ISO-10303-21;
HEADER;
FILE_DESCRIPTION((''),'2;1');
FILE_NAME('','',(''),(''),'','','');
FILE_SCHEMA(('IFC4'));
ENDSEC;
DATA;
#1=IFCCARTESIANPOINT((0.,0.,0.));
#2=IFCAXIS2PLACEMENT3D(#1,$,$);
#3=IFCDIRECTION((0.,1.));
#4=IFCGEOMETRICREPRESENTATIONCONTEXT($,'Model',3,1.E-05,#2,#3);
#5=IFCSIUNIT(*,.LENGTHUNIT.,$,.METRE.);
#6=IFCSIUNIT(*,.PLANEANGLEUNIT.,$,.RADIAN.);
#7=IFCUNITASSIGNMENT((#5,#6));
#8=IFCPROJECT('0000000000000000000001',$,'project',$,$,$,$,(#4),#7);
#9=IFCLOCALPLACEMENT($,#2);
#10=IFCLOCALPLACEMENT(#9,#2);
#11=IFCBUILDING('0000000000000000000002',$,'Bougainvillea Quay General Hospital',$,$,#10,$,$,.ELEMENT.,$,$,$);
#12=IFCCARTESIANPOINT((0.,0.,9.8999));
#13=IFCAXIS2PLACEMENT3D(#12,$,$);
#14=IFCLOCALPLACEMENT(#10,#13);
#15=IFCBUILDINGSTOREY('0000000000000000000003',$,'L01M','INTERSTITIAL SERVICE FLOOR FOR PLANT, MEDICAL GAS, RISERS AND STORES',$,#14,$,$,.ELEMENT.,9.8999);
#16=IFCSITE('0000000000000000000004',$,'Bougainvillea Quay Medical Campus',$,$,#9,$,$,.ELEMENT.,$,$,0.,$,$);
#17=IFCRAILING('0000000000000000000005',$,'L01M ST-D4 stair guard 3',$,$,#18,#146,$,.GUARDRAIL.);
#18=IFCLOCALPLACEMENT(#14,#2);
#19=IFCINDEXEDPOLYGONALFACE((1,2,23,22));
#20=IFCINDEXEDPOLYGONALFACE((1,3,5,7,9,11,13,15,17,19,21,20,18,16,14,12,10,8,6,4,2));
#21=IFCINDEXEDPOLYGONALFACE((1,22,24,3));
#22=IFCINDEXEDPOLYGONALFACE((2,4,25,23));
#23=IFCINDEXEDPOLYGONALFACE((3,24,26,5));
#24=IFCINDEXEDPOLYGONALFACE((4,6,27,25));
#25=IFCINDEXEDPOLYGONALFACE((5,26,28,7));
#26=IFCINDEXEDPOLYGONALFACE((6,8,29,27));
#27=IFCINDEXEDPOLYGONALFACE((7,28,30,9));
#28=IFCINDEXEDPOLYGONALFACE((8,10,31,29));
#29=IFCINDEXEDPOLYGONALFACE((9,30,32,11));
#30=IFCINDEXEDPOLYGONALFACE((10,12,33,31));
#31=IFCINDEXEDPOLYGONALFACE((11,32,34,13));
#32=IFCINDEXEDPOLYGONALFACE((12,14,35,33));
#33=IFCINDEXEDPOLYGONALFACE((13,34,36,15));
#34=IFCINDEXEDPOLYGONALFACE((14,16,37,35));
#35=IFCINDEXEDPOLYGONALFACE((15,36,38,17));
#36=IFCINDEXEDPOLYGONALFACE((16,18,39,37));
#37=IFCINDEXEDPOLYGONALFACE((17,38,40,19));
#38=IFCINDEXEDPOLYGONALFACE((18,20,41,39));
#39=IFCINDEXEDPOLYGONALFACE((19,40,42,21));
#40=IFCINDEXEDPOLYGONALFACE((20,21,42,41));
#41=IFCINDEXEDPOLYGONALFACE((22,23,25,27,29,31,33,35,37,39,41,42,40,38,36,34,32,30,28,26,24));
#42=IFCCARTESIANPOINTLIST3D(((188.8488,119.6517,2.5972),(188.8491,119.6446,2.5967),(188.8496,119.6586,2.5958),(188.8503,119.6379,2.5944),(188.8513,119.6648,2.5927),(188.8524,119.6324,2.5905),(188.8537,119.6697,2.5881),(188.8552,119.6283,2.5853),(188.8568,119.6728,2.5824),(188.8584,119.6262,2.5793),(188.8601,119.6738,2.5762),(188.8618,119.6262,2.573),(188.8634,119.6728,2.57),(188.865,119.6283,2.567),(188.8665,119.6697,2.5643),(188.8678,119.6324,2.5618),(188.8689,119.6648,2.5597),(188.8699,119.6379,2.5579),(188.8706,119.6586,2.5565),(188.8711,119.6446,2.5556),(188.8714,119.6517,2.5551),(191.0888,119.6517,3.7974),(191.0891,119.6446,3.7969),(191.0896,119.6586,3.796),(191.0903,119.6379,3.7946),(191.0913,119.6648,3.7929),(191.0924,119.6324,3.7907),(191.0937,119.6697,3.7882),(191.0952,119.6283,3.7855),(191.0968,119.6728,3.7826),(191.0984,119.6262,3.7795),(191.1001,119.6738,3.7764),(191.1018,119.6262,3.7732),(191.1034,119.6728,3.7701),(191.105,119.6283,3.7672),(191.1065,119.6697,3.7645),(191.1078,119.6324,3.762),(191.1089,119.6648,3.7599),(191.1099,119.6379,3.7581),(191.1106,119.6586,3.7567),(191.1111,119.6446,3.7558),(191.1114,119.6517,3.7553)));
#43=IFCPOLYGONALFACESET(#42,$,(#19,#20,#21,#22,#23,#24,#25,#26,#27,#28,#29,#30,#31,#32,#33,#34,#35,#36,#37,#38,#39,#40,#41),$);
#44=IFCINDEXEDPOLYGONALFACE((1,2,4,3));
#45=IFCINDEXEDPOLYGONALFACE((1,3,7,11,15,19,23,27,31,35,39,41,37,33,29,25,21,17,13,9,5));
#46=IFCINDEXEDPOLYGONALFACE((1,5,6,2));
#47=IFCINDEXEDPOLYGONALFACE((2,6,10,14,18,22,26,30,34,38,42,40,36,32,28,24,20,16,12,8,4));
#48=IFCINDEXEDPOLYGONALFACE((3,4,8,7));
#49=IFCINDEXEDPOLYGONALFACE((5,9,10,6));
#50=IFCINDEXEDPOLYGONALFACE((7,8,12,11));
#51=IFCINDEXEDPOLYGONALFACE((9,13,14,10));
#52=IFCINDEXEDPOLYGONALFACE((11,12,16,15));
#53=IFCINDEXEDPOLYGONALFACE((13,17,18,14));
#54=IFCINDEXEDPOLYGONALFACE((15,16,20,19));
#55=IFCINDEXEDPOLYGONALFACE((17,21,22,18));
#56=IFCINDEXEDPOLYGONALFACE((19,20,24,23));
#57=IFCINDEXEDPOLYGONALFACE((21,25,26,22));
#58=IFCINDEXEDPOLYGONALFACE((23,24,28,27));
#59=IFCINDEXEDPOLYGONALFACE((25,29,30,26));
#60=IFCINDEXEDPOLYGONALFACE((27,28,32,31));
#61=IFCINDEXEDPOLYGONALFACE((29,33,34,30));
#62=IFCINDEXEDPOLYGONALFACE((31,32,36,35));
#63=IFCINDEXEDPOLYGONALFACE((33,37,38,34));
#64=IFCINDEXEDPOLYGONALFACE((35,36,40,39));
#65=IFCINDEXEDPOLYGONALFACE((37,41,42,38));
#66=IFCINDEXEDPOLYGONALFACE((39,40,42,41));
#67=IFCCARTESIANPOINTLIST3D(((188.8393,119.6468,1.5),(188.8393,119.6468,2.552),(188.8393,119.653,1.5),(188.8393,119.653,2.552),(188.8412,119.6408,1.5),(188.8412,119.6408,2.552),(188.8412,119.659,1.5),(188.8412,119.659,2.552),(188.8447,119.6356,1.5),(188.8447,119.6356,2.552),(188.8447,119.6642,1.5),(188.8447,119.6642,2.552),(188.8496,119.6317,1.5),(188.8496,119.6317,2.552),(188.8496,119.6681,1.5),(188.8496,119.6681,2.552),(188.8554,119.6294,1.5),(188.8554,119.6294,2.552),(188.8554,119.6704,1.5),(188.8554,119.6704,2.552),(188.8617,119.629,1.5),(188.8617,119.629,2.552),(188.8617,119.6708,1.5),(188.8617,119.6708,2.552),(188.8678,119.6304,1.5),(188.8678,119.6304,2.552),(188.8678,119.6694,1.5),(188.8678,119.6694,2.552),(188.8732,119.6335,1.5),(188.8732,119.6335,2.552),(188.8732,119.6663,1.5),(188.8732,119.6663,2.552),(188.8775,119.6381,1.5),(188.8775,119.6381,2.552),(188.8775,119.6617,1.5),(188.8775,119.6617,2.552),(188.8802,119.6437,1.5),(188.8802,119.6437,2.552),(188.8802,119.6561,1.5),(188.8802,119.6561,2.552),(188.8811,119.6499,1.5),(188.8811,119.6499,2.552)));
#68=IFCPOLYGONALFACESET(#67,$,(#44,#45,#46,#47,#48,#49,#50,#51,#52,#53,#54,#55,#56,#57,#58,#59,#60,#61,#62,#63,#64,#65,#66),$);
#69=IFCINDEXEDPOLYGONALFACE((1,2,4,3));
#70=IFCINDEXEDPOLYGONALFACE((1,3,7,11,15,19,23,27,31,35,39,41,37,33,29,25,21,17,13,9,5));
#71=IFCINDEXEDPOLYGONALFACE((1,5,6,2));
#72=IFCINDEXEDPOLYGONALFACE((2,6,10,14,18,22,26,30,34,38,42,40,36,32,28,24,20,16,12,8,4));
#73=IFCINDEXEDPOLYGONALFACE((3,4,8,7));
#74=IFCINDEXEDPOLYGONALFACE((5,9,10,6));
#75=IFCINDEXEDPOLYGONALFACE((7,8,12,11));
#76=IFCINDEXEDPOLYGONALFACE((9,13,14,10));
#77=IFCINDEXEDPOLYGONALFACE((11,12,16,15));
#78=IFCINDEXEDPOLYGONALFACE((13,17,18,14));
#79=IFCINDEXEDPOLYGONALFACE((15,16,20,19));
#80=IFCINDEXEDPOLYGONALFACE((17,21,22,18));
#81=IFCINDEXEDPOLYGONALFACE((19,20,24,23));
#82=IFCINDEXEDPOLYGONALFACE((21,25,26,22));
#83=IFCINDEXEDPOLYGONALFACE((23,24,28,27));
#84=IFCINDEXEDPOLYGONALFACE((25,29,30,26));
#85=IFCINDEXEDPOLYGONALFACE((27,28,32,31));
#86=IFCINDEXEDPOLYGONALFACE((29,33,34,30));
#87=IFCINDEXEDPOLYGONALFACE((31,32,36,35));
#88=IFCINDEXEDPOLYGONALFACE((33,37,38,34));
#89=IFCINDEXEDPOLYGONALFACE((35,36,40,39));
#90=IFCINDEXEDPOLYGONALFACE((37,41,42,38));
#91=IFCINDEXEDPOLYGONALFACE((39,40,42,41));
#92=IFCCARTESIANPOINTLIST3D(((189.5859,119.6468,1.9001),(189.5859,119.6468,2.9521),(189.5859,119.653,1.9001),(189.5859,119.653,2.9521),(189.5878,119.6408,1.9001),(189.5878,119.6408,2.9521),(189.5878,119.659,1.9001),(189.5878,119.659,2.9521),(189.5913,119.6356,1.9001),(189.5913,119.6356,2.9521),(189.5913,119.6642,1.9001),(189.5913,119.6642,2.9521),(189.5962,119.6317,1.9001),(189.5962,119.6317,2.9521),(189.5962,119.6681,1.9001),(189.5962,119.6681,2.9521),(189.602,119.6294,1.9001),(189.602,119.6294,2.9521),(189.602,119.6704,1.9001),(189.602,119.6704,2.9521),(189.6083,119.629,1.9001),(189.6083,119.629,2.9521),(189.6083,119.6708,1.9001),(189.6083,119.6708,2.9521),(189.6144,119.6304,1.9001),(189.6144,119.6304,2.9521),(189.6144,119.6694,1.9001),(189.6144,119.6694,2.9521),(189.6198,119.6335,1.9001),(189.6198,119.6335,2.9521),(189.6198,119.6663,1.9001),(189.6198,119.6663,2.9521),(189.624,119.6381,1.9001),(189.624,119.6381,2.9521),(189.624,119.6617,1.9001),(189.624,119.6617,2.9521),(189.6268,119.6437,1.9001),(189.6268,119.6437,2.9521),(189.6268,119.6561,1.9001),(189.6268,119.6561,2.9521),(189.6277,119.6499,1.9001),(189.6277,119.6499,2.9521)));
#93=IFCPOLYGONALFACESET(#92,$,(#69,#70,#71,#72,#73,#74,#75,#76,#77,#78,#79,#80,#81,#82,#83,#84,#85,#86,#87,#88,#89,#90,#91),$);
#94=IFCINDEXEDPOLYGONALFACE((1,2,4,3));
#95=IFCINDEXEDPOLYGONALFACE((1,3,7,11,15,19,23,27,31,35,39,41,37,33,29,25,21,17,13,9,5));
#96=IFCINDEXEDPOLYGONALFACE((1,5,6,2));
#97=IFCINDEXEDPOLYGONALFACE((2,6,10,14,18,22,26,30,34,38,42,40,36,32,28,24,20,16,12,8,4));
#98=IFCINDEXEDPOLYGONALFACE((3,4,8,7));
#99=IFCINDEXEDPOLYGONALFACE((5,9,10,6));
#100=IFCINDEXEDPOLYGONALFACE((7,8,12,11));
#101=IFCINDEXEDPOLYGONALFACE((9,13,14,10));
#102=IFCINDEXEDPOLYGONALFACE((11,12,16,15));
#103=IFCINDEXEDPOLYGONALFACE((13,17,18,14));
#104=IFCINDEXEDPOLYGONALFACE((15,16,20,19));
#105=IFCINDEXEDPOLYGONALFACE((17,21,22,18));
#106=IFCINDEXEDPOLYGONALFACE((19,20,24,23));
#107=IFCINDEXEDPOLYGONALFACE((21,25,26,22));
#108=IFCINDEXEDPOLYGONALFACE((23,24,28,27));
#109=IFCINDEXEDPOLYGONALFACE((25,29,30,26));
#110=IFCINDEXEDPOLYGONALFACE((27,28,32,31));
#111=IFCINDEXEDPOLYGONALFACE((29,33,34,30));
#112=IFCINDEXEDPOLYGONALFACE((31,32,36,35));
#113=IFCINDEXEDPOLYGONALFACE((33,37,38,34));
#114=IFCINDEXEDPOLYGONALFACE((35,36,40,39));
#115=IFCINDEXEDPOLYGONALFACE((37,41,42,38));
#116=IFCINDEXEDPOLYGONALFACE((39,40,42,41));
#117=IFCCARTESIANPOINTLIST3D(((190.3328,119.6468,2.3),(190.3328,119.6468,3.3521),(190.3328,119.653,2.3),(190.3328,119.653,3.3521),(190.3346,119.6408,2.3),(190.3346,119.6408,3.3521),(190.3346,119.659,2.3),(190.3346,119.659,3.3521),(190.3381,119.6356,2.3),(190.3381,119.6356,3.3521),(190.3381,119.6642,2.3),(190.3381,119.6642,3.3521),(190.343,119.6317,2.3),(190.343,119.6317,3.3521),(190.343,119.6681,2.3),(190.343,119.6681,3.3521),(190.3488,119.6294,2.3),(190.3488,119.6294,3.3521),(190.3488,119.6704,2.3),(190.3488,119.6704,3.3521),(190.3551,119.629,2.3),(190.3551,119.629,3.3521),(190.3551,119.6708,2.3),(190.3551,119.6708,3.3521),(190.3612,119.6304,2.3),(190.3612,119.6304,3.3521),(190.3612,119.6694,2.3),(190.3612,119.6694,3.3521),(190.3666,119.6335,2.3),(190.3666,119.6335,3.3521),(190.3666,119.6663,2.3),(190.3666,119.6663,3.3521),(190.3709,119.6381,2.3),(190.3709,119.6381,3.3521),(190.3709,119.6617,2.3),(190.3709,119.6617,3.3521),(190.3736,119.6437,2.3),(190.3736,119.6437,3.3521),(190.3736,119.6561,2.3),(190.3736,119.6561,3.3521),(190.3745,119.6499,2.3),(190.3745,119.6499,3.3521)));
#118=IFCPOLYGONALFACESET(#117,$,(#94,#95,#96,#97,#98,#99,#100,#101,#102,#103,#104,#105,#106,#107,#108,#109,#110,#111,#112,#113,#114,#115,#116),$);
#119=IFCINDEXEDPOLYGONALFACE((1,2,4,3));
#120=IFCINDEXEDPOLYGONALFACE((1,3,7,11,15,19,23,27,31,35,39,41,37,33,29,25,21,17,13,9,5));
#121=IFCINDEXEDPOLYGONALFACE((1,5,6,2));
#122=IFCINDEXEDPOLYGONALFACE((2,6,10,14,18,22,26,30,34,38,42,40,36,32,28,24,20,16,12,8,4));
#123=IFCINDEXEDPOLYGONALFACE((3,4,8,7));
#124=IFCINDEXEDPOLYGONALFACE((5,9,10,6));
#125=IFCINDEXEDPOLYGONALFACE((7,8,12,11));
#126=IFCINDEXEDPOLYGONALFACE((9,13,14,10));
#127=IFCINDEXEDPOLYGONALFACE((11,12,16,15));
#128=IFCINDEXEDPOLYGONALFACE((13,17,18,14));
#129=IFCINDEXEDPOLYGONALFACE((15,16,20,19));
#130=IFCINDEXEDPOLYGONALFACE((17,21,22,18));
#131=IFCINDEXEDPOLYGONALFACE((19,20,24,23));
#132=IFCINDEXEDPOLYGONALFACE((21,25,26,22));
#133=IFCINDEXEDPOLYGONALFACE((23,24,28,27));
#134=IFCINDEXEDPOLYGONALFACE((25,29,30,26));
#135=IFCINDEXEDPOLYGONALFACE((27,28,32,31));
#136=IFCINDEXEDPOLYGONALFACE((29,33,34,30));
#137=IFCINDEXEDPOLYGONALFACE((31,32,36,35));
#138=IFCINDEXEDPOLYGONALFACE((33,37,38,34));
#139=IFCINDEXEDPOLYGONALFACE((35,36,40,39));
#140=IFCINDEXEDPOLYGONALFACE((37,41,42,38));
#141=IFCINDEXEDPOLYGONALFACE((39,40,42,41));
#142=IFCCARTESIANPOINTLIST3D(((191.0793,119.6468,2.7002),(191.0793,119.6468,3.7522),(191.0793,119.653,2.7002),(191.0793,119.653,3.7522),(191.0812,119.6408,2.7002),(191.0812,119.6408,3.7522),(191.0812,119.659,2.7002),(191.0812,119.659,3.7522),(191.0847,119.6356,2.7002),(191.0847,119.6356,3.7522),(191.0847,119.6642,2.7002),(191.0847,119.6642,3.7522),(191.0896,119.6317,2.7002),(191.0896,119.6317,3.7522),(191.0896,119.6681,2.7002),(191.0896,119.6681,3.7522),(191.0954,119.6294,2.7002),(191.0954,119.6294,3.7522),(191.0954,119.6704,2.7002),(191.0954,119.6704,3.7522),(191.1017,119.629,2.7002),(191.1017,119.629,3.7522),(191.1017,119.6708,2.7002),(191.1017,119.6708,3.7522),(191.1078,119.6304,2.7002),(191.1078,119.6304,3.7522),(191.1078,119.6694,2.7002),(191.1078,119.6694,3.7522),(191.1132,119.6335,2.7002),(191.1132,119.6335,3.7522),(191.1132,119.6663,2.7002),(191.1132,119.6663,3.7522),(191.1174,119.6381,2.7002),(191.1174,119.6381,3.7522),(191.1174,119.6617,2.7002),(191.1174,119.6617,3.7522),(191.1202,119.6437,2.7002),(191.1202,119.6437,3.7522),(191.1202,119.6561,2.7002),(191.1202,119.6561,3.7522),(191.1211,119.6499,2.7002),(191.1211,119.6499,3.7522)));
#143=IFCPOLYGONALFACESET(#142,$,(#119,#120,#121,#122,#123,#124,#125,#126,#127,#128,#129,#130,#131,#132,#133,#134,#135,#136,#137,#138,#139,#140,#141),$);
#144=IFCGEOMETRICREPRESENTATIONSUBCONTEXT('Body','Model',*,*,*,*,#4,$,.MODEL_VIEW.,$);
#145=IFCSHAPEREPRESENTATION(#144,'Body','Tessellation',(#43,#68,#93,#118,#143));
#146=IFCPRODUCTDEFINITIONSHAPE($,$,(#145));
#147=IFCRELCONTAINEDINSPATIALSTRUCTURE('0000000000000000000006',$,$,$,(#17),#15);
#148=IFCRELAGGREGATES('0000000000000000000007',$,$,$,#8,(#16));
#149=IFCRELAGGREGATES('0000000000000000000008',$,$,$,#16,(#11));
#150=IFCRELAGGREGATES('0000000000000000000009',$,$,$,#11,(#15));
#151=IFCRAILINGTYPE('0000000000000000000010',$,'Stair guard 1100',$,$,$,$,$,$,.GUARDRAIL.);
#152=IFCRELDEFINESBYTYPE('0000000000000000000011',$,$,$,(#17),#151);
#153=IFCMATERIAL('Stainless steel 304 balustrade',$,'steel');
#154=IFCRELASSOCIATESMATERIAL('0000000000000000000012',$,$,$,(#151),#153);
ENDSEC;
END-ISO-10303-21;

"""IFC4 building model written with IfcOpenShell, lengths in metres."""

from ifc_helpers import new_model, si_unit, direction, frame, origin, origin_2d, place, context, subcontext, project, spatial, circle, extrude, material, type_object, element, save


model = new_model("IFC4")

# Units and contexts
model_context = context("Model", 3, precision=1e-05, world=origin(), true_north=direction((0.0, 1.0)))
body_context = subcontext(model_context, "Body", "Model", "MODEL_VIEW")
ifc_project = project(units=[si_unit("LENGTHUNIT", "METRE"), si_unit("PLANEANGLEUNIT", "RADIAN")], contexts=[model_context])

# Site, building, storey
site_placement = place(None, origin())
site = spatial("IfcSite", under=ifc_project, at=site_placement, Name="Bougainvillea Quay Medical Campus", CompositionType="ELEMENT", RefElevation=0.0)
building_placement = place(site_placement, origin())
building = spatial("IfcBuilding", under=site, at=building_placement, Name="Bougainvillea Quay General Hospital", CompositionType="ELEMENT")
storey_placement = place(building_placement, frame((0.0, 0.0, 9.8999)))
storey = spatial("IfcBuildingStorey", under=building, at=storey_placement, Name="L01M", Description="INTERSTITIAL SERVICE FLOOR FOR PLANT, MEDICAL GAS, RISERS AND STORES", CompositionType="ELEMENT", Elevation=9.8999)

# Railing
ifc_material_1 = material(Name="Stainless steel 304 balustrade", Category="steel")
railing_type_1 = type_object("IfcRailingType", Name="Stair guard 1100", PredefinedType="GUARDRAIL", material=ifc_material_1)
railing_1_placement = place(storey_placement, frame((188.8601, 119.6499, 1.5)))
element("IfcRailing", 1, at=railing_1_placement, inside=storey, type_object=railing_type_1, Name="L01M ST-D4 stair guard 3", PredefinedType="GUARDRAIL", context=body_context, shape_type="SweptSolid", body=[
    extrude(circle(Radius=0.0239, at=origin_2d()), frame((0.0, 0.0, 1.0762), z_axis=(0.881447, 0.0, 0.472283), x_axis=(0.0, 1.0, 0.0)), (0.0, 0.0, 1.0), 2.5413),
    extrude(circle(Radius=0.021, at=origin_2d()), origin(), (0.0, 0.0, 1.0), 1.052),
    extrude(circle(Radius=0.021, at=origin_2d()), frame((0.7466, 0.0, 0.4001)), (0.0, 0.0, 1.0), 1.052),
    extrude(circle(Radius=0.021, at=origin_2d()), frame((1.4934, 0.0, 0.8)), (0.0, 0.0, 1.0), 1.052),
    extrude(circle(Radius=0.021, at=origin_2d()), frame((2.24, 0.0, 1.2002)), (0.0, 0.0, 1.0), 1.052),
])

save(model, "model.ifc")
